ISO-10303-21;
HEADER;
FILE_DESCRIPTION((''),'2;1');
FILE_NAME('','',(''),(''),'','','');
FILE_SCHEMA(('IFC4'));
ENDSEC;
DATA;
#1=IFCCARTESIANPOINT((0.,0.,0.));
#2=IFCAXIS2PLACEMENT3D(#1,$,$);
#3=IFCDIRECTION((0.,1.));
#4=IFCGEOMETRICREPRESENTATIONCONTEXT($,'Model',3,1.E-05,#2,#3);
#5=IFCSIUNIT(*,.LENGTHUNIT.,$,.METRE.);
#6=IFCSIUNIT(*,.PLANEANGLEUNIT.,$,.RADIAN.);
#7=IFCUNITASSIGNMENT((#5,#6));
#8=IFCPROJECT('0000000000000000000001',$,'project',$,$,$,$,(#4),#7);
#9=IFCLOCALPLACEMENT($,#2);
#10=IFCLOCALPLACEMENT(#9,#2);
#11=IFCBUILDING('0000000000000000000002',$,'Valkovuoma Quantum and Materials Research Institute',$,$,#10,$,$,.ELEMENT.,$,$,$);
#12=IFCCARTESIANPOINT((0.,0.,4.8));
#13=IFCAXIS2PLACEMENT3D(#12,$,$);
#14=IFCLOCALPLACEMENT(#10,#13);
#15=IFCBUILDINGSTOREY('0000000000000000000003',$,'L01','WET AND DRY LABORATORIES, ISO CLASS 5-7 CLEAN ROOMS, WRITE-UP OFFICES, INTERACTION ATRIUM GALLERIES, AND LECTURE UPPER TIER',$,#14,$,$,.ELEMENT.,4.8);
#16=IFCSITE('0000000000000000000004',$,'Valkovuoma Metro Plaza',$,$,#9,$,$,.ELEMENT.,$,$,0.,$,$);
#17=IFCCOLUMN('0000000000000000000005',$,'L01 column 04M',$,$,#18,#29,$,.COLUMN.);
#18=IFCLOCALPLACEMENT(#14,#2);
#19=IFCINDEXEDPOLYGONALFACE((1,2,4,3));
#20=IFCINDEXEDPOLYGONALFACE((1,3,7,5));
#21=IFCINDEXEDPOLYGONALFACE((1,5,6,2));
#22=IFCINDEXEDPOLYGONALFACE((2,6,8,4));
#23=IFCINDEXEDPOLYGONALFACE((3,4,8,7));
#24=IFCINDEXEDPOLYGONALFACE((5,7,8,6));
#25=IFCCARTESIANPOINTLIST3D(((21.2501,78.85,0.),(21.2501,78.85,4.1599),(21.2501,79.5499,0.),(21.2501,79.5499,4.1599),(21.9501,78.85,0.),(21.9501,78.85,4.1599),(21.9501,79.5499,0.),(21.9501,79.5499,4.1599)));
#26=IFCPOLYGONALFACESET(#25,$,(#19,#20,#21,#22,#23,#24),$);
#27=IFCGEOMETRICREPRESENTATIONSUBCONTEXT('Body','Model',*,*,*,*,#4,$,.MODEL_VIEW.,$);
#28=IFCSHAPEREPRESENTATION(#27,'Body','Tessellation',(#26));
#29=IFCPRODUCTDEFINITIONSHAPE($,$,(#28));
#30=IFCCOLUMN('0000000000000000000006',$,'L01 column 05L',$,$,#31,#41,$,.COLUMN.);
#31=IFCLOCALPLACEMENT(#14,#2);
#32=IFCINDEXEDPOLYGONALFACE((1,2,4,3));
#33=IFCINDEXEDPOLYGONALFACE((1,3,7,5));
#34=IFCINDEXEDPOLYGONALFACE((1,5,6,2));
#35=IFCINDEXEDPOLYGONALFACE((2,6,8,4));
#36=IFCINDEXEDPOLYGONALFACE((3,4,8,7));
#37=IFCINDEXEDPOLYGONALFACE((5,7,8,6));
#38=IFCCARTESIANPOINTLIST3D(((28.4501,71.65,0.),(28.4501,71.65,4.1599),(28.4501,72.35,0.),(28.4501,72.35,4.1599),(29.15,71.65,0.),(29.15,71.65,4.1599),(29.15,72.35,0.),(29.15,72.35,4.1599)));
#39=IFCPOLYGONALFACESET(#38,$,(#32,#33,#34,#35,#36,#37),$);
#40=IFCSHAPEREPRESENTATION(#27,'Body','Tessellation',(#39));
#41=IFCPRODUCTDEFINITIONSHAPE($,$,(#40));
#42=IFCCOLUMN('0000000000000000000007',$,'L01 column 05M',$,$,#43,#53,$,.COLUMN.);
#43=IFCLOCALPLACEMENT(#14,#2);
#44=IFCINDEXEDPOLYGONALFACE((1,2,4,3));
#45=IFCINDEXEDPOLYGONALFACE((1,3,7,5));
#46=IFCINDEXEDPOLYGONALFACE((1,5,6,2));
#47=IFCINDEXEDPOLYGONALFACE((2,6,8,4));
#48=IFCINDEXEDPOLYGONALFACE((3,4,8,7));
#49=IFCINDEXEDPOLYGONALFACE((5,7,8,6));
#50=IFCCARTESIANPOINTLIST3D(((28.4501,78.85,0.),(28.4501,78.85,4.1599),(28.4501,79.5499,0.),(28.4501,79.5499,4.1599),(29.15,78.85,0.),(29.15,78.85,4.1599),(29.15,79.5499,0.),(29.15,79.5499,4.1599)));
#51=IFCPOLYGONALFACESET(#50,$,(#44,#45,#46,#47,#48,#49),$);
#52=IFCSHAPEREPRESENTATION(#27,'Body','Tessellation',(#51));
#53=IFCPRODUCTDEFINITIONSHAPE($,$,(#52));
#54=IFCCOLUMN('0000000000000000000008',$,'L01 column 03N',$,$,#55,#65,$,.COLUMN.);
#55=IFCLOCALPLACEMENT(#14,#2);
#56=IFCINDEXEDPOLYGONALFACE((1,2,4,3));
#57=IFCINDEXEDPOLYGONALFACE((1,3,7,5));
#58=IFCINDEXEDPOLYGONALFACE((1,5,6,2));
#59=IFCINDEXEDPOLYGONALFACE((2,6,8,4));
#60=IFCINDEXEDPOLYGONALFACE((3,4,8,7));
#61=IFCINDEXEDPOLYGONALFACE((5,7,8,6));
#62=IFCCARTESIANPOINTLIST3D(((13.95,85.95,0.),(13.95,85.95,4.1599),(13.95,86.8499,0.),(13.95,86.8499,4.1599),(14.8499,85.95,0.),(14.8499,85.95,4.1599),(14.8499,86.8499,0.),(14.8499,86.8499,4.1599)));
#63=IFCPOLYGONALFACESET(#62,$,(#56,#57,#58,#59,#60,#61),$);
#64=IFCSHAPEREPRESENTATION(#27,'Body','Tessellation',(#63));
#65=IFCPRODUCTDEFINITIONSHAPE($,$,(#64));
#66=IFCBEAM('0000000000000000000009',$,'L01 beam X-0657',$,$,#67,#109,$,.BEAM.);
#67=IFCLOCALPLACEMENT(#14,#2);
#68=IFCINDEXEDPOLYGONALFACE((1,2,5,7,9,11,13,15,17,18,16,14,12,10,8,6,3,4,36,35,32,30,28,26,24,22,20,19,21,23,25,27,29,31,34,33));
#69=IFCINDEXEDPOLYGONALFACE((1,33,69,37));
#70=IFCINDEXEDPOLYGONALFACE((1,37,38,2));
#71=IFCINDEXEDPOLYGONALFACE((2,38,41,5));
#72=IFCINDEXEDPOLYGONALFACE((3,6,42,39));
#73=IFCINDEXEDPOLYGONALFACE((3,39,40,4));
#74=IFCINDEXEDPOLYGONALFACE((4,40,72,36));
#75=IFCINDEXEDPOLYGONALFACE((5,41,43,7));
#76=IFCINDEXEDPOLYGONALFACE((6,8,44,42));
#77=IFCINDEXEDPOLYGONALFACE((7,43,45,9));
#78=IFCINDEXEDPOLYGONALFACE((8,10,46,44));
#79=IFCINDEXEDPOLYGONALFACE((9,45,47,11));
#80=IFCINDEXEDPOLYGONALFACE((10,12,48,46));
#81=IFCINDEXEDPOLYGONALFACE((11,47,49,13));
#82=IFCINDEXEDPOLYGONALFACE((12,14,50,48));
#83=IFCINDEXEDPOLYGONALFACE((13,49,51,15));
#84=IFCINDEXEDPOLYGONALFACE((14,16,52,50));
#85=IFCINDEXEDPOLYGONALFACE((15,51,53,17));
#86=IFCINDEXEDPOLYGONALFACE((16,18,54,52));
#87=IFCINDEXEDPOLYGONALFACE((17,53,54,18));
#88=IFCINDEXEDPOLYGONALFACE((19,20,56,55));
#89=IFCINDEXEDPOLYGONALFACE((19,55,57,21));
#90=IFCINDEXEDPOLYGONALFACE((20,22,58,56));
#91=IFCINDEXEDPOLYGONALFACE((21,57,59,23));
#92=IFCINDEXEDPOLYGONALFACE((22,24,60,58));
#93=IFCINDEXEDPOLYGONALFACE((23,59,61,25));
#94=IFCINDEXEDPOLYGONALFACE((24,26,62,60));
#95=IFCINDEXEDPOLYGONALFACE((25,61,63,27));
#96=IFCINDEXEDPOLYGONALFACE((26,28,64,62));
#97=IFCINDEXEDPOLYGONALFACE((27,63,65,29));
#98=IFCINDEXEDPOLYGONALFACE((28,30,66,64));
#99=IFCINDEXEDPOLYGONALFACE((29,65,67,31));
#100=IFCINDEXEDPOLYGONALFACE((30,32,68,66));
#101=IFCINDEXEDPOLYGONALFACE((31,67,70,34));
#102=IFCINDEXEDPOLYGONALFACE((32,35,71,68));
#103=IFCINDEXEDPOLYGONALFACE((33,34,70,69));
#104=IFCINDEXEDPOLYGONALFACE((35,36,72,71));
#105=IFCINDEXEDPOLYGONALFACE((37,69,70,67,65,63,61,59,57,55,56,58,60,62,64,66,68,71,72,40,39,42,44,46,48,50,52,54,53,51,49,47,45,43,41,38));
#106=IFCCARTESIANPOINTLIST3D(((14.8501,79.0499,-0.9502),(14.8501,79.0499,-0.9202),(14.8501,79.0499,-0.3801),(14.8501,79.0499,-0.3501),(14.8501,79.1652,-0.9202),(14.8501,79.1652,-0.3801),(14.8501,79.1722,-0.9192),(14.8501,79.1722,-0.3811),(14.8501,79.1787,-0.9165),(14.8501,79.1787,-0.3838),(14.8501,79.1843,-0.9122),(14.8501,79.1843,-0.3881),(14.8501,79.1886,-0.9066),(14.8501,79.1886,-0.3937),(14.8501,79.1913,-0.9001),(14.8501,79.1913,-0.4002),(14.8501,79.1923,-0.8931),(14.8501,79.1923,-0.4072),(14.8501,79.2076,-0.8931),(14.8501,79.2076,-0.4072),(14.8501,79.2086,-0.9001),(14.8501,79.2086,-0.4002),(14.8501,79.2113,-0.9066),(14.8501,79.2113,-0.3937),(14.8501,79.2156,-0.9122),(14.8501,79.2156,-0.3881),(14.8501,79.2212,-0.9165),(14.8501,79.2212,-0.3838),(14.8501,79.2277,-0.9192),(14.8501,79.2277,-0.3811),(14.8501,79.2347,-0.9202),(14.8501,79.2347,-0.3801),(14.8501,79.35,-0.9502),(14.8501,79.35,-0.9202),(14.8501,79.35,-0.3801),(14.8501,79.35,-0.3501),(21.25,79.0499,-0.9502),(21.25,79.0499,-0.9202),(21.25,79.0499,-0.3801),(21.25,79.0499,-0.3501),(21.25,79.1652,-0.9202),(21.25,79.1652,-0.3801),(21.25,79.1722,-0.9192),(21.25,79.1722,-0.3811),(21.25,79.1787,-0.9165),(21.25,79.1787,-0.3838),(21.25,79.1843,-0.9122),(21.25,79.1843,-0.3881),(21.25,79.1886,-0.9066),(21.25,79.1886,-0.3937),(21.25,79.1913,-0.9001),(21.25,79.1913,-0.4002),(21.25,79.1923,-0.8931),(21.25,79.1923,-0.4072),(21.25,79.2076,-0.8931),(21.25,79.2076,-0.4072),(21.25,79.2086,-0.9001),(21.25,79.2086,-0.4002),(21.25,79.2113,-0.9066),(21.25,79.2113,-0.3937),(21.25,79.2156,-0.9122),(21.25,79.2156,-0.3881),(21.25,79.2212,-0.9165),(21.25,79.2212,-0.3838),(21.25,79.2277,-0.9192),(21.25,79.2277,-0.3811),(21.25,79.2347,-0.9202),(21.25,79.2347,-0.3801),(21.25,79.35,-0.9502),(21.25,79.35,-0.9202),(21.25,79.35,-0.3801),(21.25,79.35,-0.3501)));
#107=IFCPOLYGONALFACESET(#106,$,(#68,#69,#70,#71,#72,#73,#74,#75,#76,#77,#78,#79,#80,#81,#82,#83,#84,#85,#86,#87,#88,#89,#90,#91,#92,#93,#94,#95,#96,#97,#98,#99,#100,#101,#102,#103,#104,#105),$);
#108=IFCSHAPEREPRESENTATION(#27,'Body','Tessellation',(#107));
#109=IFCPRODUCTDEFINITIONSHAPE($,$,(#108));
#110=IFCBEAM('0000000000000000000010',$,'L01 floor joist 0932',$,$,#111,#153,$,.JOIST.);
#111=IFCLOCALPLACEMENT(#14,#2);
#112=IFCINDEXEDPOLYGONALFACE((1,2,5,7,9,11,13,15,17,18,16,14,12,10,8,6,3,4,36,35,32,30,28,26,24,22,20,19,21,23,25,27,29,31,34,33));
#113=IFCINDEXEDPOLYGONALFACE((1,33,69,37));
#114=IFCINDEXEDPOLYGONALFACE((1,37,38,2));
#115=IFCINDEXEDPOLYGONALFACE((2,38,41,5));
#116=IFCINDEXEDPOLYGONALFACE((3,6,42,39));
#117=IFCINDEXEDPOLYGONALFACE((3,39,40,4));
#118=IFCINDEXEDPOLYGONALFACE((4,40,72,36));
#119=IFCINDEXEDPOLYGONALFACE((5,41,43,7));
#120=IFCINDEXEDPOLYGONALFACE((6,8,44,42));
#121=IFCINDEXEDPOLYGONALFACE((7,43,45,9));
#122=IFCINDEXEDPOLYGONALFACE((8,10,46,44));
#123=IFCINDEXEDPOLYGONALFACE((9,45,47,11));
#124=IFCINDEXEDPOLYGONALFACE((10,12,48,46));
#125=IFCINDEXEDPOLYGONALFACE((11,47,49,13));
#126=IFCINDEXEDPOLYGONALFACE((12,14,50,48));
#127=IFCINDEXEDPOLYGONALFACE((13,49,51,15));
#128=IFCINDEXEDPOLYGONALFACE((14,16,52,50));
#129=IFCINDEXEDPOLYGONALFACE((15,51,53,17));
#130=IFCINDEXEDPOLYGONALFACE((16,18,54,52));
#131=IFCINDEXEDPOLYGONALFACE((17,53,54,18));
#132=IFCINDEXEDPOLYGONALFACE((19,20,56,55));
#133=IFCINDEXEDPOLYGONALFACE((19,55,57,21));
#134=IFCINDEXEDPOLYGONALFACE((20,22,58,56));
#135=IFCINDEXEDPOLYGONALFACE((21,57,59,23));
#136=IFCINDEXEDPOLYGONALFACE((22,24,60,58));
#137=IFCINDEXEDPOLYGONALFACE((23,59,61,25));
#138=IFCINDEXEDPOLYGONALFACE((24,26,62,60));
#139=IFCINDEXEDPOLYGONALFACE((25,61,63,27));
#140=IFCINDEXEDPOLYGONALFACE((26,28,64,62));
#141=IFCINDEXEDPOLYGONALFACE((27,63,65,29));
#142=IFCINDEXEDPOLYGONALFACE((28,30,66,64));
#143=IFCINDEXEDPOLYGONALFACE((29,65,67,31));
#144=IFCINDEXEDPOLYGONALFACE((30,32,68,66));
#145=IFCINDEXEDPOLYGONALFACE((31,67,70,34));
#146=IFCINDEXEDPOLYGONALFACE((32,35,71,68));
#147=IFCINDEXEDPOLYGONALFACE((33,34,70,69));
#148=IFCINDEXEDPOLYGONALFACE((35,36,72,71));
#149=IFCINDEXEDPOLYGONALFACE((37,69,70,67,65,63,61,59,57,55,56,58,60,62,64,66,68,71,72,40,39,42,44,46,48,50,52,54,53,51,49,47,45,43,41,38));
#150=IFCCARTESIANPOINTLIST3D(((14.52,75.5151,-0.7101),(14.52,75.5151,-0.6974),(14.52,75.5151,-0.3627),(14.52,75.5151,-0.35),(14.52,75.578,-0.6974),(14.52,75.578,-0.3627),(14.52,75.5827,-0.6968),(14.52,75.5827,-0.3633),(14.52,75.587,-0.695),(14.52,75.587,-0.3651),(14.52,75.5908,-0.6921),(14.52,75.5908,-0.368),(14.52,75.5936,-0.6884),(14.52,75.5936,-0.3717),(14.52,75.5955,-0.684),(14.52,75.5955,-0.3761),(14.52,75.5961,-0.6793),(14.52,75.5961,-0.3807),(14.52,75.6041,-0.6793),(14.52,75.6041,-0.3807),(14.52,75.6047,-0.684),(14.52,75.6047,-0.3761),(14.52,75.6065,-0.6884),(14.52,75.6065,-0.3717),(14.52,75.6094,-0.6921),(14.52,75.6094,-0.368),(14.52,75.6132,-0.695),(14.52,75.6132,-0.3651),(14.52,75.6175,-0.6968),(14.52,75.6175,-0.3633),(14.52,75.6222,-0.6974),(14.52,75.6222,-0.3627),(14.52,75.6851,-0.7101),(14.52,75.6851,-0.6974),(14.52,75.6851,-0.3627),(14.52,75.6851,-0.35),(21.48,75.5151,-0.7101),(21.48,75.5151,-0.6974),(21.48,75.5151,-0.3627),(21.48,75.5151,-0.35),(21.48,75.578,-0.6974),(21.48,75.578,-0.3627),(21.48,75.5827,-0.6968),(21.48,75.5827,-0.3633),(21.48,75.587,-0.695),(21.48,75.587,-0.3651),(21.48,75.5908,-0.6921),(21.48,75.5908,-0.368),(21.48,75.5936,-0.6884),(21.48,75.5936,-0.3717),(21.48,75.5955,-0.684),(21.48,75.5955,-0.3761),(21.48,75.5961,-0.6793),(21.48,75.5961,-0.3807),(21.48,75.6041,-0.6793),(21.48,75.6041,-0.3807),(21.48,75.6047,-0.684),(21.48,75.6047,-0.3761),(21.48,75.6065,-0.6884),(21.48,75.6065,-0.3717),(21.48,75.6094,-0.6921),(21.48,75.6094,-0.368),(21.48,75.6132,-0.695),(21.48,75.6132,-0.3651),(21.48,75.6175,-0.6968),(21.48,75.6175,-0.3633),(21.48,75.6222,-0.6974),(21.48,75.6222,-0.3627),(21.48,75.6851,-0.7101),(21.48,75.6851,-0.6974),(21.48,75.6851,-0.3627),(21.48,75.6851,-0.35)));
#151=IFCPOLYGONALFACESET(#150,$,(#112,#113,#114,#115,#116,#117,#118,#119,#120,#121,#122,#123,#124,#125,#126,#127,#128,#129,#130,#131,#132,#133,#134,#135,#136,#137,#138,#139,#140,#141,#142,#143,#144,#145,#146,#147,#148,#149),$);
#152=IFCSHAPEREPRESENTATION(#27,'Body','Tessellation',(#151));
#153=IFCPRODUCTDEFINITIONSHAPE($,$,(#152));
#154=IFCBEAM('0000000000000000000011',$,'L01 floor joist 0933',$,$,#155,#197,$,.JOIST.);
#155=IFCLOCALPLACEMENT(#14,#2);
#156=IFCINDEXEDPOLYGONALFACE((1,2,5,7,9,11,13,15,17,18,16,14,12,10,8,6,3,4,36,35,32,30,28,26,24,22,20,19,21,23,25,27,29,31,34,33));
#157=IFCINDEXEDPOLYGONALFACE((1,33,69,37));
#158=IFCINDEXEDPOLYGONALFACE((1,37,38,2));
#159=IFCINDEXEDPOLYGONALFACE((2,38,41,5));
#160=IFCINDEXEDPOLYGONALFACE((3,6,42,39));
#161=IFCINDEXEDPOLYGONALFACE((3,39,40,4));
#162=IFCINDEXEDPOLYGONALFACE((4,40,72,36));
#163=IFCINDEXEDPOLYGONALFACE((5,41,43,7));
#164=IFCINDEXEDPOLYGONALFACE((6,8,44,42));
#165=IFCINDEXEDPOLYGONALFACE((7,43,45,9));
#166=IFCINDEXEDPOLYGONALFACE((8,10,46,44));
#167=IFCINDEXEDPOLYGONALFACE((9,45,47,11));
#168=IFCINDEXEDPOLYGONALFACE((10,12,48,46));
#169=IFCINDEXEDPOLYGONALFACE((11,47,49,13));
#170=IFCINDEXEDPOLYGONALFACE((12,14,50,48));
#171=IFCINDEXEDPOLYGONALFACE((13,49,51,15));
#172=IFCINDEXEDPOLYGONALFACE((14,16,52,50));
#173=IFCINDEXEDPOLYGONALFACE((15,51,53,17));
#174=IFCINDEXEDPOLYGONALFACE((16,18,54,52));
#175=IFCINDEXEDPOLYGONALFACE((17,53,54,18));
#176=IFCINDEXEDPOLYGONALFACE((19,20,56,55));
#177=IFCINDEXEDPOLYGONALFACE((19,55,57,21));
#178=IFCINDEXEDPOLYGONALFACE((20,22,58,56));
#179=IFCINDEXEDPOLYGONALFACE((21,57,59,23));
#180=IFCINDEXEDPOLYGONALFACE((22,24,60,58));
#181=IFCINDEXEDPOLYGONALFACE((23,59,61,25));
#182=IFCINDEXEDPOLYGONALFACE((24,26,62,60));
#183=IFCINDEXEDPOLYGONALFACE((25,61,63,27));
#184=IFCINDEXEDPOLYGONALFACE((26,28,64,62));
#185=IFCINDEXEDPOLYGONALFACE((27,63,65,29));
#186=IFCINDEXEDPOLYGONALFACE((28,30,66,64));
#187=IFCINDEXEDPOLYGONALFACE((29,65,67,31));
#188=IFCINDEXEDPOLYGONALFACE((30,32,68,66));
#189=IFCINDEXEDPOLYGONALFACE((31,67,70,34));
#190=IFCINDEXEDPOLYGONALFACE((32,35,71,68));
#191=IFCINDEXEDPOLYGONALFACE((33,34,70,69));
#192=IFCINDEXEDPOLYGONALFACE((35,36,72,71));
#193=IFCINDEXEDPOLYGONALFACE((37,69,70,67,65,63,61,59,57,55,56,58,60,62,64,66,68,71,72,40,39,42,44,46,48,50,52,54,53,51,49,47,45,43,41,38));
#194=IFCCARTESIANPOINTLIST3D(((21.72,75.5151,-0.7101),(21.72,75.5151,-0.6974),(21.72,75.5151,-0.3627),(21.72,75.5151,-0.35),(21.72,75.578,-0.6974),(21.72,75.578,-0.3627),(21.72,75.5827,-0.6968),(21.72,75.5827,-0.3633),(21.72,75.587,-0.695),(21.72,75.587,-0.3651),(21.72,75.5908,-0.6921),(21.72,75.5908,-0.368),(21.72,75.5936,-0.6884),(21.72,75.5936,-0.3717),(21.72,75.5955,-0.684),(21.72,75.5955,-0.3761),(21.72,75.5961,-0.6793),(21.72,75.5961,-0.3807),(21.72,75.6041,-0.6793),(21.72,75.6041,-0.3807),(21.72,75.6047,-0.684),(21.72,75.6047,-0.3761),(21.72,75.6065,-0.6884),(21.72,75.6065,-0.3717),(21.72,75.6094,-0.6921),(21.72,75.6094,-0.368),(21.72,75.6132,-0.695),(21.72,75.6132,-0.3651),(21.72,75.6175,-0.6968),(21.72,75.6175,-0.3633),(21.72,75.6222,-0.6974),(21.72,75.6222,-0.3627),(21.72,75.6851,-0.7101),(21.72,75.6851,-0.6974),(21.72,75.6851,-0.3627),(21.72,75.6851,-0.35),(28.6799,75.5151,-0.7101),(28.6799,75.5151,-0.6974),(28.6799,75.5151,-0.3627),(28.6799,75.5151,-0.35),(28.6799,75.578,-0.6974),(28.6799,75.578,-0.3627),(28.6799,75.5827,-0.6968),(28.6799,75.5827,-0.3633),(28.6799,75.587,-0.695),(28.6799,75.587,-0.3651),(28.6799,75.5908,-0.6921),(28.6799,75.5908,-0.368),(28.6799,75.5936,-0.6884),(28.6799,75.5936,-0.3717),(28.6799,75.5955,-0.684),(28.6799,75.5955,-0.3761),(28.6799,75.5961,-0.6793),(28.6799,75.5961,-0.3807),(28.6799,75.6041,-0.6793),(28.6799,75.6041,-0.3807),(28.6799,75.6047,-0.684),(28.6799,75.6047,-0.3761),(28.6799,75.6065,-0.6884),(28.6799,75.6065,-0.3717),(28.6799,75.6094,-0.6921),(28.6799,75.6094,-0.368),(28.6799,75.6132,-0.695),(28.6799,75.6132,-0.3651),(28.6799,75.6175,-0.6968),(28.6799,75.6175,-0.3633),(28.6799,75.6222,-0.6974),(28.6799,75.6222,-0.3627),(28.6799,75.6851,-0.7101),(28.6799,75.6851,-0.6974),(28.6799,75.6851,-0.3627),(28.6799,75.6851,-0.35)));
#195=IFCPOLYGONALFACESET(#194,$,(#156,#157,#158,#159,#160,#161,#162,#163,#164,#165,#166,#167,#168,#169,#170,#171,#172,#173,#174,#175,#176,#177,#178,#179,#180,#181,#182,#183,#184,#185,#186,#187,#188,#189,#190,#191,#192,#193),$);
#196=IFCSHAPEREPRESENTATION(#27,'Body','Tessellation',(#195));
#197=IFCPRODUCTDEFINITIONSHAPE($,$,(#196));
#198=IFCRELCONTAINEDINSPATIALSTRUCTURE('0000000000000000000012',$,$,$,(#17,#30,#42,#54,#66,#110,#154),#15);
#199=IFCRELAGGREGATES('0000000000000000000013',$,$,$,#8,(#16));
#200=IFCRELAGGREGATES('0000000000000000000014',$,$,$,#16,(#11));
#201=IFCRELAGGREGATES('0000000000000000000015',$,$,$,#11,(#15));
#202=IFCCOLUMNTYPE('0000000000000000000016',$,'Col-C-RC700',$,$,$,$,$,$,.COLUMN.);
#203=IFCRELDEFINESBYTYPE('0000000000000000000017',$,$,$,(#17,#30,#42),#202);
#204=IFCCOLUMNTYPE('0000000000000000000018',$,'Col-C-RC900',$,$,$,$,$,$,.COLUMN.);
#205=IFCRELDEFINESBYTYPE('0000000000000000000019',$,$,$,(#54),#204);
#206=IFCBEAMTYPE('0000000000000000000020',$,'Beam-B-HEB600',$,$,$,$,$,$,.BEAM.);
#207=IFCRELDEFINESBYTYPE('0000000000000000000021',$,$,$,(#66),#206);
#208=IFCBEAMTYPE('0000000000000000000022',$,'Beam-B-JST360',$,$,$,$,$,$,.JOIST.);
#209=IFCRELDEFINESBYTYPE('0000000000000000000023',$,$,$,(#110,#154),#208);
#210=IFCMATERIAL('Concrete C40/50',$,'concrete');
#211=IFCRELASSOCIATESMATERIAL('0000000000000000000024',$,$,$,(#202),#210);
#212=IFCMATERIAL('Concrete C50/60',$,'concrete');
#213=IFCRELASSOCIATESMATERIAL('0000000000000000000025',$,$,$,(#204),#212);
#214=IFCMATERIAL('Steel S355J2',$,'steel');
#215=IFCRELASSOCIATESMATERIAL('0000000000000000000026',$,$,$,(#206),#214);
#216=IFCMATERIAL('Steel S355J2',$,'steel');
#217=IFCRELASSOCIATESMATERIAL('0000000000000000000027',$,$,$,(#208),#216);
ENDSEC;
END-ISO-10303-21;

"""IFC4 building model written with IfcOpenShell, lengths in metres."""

from ifc_helpers import new_model, si_unit, direction, frame, origin, origin_2d, place, context, subcontext, project, spatial, rectangle, i_section, extrude, material, material_profile, profile_set, type_object, element, save


model = new_model("IFC4")

# Units and contexts
model_context = context("Model", 3, precision=1e-05, world=origin(), true_north=direction((0.0, 1.0)))
body_context = subcontext(model_context, "Body", "Model", "MODEL_VIEW")
ifc_project = project(units=[si_unit("LENGTHUNIT", "METRE"), si_unit("PLANEANGLEUNIT", "RADIAN")], contexts=[model_context])

# Site, building, storey
site_placement = place(None, origin())
site = spatial("IfcSite", under=ifc_project, at=site_placement, Name="Valkovuoma Metro Plaza", CompositionType="ELEMENT", RefElevation=0.0)
building_placement = place(site_placement, origin())
building = spatial("IfcBuilding", under=site, at=building_placement, Name="Valkovuoma Quantum and Materials Research Institute", CompositionType="ELEMENT")
storey_placement = place(building_placement, frame((0.0, 0.0, 4.8)))
storey = spatial("IfcBuildingStorey", under=building, at=storey_placement, Name="L01", Description="WET AND DRY LABORATORIES, ISO CLASS 5-7 CLEAN ROOMS, WRITE-UP OFFICES, INTERACTION ATRIUM GALLERIES, AND LECTURE UPPER TIER", CompositionType="ELEMENT", Elevation=4.8)

# Columns
ifc_material_1 = material(Name="Concrete C40/50", Category="concrete")
ifc_material_profile_1 = material_profile(ifc_material_1, rectangle(XDim=0.7, YDim=0.7, at=origin_2d()), Name="Concrete C40/50")
ifc_profile_set_1 = profile_set([ifc_material_profile_1], Name="Concrete C40/50")
column_type_1 = type_object("IfcColumnType", Name="Col-C-RC700", PredefinedType="COLUMN", material=ifc_profile_set_1)
for number, where, z_axis, x_axis, name in (
    (1, (21.6001, 79.2, 0.0), (0.0, 0.0, 1.0), (1.0, 0.0, 0.0), "L01 column 04M"),
    (2, (28.8, 72.0, 0.0), (0.0, 0.0, 1.0), (1.0, 0.0, 0.0), "L01 column 05L"),
    (3, (28.8, 79.2, 0.0), (0.0, 0.0, 1.0), (1.0, 0.0, 0.0), "L01 column 05M"),
):
    element("IfcColumn", number, at=place(storey_placement, frame(where, z_axis=z_axis, x_axis=x_axis)), inside=storey, type_object=column_type_1, Name=name, PredefinedType="COLUMN", context=body_context, shape_type="SweptSolid", body=[
        extrude(rectangle(XDim=0.7, YDim=0.7, at=origin_2d()), origin(), (0.0, 0.0, 1.0), 4.1599),
    ])
ifc_material_2 = material(Name="Concrete C50/60", Category="concrete")
ifc_material_profile_2 = material_profile(ifc_material_2, rectangle(XDim=0.8999, YDim=0.8999, at=origin_2d()), Name="Concrete C50/60")
ifc_profile_set_2 = profile_set([ifc_material_profile_2], Name="Concrete C50/60")
column_type_2 = type_object("IfcColumnType", Name="Col-C-RC900", PredefinedType="COLUMN", material=ifc_profile_set_2)
column_placement = place(storey_placement, frame((14.3999, 86.3999, 0.0), z_axis=(0.0, 0.0, 1.0), x_axis=(1.0, 0.0, 0.0)))
element("IfcColumn", 4, at=column_placement, inside=storey, type_object=column_type_2, Name="L01 column 03N", PredefinedType="COLUMN", context=body_context, shape_type="SweptSolid", body=[
    extrude(rectangle(XDim=0.8999, YDim=0.8999, at=origin_2d()), origin(), (0.0, 0.0, 1.0), 4.1599),
])

# Beams
ifc_material_3 = material(Name="Steel S355J2", Category="steel")
ifc_material_profile_3 = material_profile(ifc_material_3, i_section(OverallWidth=0.3, OverallDepth=0.6001, WebThickness=0.0154, FlangeThickness=0.03, FilletRadius=0.0271, at=origin_2d()), Name="Steel S355J2")
ifc_profile_set_3 = profile_set([ifc_material_profile_3], Name="Steel S355J2")
beam_type_1 = type_object("IfcBeamType", Name="Beam-B-HEB600", PredefinedType="BEAM", material=ifc_profile_set_3)
beam_placement = place(storey_placement, frame((14.8501, 79.2, -0.6501), z_axis=(1.0, 0.0, 0.0), x_axis=(0.0, 1.0, 0.0)))
element("IfcBeam", 5, at=beam_placement, inside=storey, type_object=beam_type_1, Name="L01 beam X-0657", PredefinedType="BEAM", context=body_context, shape_type="SweptSolid", body=[
    extrude(i_section(OverallWidth=0.3, OverallDepth=0.6001, WebThickness=0.0154, FlangeThickness=0.03, FilletRadius=0.0271, at=origin_2d()), origin(), (0.0, 0.0, 1.0), 6.3999),
])
ifc_material_4 = material(Name="Steel S355J2", Category="steel")
ifc_material_profile_4 = material_profile(ifc_material_4, i_section(OverallWidth=0.1699, OverallDepth=0.3601, WebThickness=0.0081, FlangeThickness=0.0127, FilletRadius=0.0181, at=origin_2d()), Name="Steel S355J2")
ifc_profile_set_4 = profile_set([ifc_material_profile_4], Name="Steel S355J2")
beam_type_2 = type_object("IfcBeamType", Name="Beam-B-JST360", PredefinedType="JOIST", material=ifc_profile_set_4)
for number, where, z_axis, x_axis, name in (
    (6, (14.52, 75.6001, -0.53), (1.0, 0.0, 0.0), (0.0, 1.0, 0.0), "L01 floor joist 0932"),
    (7, (21.72, 75.6001, -0.53), (1.0, 0.0, 0.0), (0.0, 1.0, 0.0), "L01 floor joist 0933"),
):
    element("IfcBeam", number, at=place(storey_placement, frame(where, z_axis=z_axis, x_axis=x_axis)), inside=storey, type_object=beam_type_2, Name=name, PredefinedType="JOIST", context=body_context, shape_type="SweptSolid", body=[
        extrude(i_section(OverallWidth=0.1699, OverallDepth=0.3601, WebThickness=0.0081, FlangeThickness=0.0127, FilletRadius=0.0181, at=origin_2d()), origin(), (0.0, 0.0, 1.0), 6.96),
    ])

save(model, "model.ifc")
